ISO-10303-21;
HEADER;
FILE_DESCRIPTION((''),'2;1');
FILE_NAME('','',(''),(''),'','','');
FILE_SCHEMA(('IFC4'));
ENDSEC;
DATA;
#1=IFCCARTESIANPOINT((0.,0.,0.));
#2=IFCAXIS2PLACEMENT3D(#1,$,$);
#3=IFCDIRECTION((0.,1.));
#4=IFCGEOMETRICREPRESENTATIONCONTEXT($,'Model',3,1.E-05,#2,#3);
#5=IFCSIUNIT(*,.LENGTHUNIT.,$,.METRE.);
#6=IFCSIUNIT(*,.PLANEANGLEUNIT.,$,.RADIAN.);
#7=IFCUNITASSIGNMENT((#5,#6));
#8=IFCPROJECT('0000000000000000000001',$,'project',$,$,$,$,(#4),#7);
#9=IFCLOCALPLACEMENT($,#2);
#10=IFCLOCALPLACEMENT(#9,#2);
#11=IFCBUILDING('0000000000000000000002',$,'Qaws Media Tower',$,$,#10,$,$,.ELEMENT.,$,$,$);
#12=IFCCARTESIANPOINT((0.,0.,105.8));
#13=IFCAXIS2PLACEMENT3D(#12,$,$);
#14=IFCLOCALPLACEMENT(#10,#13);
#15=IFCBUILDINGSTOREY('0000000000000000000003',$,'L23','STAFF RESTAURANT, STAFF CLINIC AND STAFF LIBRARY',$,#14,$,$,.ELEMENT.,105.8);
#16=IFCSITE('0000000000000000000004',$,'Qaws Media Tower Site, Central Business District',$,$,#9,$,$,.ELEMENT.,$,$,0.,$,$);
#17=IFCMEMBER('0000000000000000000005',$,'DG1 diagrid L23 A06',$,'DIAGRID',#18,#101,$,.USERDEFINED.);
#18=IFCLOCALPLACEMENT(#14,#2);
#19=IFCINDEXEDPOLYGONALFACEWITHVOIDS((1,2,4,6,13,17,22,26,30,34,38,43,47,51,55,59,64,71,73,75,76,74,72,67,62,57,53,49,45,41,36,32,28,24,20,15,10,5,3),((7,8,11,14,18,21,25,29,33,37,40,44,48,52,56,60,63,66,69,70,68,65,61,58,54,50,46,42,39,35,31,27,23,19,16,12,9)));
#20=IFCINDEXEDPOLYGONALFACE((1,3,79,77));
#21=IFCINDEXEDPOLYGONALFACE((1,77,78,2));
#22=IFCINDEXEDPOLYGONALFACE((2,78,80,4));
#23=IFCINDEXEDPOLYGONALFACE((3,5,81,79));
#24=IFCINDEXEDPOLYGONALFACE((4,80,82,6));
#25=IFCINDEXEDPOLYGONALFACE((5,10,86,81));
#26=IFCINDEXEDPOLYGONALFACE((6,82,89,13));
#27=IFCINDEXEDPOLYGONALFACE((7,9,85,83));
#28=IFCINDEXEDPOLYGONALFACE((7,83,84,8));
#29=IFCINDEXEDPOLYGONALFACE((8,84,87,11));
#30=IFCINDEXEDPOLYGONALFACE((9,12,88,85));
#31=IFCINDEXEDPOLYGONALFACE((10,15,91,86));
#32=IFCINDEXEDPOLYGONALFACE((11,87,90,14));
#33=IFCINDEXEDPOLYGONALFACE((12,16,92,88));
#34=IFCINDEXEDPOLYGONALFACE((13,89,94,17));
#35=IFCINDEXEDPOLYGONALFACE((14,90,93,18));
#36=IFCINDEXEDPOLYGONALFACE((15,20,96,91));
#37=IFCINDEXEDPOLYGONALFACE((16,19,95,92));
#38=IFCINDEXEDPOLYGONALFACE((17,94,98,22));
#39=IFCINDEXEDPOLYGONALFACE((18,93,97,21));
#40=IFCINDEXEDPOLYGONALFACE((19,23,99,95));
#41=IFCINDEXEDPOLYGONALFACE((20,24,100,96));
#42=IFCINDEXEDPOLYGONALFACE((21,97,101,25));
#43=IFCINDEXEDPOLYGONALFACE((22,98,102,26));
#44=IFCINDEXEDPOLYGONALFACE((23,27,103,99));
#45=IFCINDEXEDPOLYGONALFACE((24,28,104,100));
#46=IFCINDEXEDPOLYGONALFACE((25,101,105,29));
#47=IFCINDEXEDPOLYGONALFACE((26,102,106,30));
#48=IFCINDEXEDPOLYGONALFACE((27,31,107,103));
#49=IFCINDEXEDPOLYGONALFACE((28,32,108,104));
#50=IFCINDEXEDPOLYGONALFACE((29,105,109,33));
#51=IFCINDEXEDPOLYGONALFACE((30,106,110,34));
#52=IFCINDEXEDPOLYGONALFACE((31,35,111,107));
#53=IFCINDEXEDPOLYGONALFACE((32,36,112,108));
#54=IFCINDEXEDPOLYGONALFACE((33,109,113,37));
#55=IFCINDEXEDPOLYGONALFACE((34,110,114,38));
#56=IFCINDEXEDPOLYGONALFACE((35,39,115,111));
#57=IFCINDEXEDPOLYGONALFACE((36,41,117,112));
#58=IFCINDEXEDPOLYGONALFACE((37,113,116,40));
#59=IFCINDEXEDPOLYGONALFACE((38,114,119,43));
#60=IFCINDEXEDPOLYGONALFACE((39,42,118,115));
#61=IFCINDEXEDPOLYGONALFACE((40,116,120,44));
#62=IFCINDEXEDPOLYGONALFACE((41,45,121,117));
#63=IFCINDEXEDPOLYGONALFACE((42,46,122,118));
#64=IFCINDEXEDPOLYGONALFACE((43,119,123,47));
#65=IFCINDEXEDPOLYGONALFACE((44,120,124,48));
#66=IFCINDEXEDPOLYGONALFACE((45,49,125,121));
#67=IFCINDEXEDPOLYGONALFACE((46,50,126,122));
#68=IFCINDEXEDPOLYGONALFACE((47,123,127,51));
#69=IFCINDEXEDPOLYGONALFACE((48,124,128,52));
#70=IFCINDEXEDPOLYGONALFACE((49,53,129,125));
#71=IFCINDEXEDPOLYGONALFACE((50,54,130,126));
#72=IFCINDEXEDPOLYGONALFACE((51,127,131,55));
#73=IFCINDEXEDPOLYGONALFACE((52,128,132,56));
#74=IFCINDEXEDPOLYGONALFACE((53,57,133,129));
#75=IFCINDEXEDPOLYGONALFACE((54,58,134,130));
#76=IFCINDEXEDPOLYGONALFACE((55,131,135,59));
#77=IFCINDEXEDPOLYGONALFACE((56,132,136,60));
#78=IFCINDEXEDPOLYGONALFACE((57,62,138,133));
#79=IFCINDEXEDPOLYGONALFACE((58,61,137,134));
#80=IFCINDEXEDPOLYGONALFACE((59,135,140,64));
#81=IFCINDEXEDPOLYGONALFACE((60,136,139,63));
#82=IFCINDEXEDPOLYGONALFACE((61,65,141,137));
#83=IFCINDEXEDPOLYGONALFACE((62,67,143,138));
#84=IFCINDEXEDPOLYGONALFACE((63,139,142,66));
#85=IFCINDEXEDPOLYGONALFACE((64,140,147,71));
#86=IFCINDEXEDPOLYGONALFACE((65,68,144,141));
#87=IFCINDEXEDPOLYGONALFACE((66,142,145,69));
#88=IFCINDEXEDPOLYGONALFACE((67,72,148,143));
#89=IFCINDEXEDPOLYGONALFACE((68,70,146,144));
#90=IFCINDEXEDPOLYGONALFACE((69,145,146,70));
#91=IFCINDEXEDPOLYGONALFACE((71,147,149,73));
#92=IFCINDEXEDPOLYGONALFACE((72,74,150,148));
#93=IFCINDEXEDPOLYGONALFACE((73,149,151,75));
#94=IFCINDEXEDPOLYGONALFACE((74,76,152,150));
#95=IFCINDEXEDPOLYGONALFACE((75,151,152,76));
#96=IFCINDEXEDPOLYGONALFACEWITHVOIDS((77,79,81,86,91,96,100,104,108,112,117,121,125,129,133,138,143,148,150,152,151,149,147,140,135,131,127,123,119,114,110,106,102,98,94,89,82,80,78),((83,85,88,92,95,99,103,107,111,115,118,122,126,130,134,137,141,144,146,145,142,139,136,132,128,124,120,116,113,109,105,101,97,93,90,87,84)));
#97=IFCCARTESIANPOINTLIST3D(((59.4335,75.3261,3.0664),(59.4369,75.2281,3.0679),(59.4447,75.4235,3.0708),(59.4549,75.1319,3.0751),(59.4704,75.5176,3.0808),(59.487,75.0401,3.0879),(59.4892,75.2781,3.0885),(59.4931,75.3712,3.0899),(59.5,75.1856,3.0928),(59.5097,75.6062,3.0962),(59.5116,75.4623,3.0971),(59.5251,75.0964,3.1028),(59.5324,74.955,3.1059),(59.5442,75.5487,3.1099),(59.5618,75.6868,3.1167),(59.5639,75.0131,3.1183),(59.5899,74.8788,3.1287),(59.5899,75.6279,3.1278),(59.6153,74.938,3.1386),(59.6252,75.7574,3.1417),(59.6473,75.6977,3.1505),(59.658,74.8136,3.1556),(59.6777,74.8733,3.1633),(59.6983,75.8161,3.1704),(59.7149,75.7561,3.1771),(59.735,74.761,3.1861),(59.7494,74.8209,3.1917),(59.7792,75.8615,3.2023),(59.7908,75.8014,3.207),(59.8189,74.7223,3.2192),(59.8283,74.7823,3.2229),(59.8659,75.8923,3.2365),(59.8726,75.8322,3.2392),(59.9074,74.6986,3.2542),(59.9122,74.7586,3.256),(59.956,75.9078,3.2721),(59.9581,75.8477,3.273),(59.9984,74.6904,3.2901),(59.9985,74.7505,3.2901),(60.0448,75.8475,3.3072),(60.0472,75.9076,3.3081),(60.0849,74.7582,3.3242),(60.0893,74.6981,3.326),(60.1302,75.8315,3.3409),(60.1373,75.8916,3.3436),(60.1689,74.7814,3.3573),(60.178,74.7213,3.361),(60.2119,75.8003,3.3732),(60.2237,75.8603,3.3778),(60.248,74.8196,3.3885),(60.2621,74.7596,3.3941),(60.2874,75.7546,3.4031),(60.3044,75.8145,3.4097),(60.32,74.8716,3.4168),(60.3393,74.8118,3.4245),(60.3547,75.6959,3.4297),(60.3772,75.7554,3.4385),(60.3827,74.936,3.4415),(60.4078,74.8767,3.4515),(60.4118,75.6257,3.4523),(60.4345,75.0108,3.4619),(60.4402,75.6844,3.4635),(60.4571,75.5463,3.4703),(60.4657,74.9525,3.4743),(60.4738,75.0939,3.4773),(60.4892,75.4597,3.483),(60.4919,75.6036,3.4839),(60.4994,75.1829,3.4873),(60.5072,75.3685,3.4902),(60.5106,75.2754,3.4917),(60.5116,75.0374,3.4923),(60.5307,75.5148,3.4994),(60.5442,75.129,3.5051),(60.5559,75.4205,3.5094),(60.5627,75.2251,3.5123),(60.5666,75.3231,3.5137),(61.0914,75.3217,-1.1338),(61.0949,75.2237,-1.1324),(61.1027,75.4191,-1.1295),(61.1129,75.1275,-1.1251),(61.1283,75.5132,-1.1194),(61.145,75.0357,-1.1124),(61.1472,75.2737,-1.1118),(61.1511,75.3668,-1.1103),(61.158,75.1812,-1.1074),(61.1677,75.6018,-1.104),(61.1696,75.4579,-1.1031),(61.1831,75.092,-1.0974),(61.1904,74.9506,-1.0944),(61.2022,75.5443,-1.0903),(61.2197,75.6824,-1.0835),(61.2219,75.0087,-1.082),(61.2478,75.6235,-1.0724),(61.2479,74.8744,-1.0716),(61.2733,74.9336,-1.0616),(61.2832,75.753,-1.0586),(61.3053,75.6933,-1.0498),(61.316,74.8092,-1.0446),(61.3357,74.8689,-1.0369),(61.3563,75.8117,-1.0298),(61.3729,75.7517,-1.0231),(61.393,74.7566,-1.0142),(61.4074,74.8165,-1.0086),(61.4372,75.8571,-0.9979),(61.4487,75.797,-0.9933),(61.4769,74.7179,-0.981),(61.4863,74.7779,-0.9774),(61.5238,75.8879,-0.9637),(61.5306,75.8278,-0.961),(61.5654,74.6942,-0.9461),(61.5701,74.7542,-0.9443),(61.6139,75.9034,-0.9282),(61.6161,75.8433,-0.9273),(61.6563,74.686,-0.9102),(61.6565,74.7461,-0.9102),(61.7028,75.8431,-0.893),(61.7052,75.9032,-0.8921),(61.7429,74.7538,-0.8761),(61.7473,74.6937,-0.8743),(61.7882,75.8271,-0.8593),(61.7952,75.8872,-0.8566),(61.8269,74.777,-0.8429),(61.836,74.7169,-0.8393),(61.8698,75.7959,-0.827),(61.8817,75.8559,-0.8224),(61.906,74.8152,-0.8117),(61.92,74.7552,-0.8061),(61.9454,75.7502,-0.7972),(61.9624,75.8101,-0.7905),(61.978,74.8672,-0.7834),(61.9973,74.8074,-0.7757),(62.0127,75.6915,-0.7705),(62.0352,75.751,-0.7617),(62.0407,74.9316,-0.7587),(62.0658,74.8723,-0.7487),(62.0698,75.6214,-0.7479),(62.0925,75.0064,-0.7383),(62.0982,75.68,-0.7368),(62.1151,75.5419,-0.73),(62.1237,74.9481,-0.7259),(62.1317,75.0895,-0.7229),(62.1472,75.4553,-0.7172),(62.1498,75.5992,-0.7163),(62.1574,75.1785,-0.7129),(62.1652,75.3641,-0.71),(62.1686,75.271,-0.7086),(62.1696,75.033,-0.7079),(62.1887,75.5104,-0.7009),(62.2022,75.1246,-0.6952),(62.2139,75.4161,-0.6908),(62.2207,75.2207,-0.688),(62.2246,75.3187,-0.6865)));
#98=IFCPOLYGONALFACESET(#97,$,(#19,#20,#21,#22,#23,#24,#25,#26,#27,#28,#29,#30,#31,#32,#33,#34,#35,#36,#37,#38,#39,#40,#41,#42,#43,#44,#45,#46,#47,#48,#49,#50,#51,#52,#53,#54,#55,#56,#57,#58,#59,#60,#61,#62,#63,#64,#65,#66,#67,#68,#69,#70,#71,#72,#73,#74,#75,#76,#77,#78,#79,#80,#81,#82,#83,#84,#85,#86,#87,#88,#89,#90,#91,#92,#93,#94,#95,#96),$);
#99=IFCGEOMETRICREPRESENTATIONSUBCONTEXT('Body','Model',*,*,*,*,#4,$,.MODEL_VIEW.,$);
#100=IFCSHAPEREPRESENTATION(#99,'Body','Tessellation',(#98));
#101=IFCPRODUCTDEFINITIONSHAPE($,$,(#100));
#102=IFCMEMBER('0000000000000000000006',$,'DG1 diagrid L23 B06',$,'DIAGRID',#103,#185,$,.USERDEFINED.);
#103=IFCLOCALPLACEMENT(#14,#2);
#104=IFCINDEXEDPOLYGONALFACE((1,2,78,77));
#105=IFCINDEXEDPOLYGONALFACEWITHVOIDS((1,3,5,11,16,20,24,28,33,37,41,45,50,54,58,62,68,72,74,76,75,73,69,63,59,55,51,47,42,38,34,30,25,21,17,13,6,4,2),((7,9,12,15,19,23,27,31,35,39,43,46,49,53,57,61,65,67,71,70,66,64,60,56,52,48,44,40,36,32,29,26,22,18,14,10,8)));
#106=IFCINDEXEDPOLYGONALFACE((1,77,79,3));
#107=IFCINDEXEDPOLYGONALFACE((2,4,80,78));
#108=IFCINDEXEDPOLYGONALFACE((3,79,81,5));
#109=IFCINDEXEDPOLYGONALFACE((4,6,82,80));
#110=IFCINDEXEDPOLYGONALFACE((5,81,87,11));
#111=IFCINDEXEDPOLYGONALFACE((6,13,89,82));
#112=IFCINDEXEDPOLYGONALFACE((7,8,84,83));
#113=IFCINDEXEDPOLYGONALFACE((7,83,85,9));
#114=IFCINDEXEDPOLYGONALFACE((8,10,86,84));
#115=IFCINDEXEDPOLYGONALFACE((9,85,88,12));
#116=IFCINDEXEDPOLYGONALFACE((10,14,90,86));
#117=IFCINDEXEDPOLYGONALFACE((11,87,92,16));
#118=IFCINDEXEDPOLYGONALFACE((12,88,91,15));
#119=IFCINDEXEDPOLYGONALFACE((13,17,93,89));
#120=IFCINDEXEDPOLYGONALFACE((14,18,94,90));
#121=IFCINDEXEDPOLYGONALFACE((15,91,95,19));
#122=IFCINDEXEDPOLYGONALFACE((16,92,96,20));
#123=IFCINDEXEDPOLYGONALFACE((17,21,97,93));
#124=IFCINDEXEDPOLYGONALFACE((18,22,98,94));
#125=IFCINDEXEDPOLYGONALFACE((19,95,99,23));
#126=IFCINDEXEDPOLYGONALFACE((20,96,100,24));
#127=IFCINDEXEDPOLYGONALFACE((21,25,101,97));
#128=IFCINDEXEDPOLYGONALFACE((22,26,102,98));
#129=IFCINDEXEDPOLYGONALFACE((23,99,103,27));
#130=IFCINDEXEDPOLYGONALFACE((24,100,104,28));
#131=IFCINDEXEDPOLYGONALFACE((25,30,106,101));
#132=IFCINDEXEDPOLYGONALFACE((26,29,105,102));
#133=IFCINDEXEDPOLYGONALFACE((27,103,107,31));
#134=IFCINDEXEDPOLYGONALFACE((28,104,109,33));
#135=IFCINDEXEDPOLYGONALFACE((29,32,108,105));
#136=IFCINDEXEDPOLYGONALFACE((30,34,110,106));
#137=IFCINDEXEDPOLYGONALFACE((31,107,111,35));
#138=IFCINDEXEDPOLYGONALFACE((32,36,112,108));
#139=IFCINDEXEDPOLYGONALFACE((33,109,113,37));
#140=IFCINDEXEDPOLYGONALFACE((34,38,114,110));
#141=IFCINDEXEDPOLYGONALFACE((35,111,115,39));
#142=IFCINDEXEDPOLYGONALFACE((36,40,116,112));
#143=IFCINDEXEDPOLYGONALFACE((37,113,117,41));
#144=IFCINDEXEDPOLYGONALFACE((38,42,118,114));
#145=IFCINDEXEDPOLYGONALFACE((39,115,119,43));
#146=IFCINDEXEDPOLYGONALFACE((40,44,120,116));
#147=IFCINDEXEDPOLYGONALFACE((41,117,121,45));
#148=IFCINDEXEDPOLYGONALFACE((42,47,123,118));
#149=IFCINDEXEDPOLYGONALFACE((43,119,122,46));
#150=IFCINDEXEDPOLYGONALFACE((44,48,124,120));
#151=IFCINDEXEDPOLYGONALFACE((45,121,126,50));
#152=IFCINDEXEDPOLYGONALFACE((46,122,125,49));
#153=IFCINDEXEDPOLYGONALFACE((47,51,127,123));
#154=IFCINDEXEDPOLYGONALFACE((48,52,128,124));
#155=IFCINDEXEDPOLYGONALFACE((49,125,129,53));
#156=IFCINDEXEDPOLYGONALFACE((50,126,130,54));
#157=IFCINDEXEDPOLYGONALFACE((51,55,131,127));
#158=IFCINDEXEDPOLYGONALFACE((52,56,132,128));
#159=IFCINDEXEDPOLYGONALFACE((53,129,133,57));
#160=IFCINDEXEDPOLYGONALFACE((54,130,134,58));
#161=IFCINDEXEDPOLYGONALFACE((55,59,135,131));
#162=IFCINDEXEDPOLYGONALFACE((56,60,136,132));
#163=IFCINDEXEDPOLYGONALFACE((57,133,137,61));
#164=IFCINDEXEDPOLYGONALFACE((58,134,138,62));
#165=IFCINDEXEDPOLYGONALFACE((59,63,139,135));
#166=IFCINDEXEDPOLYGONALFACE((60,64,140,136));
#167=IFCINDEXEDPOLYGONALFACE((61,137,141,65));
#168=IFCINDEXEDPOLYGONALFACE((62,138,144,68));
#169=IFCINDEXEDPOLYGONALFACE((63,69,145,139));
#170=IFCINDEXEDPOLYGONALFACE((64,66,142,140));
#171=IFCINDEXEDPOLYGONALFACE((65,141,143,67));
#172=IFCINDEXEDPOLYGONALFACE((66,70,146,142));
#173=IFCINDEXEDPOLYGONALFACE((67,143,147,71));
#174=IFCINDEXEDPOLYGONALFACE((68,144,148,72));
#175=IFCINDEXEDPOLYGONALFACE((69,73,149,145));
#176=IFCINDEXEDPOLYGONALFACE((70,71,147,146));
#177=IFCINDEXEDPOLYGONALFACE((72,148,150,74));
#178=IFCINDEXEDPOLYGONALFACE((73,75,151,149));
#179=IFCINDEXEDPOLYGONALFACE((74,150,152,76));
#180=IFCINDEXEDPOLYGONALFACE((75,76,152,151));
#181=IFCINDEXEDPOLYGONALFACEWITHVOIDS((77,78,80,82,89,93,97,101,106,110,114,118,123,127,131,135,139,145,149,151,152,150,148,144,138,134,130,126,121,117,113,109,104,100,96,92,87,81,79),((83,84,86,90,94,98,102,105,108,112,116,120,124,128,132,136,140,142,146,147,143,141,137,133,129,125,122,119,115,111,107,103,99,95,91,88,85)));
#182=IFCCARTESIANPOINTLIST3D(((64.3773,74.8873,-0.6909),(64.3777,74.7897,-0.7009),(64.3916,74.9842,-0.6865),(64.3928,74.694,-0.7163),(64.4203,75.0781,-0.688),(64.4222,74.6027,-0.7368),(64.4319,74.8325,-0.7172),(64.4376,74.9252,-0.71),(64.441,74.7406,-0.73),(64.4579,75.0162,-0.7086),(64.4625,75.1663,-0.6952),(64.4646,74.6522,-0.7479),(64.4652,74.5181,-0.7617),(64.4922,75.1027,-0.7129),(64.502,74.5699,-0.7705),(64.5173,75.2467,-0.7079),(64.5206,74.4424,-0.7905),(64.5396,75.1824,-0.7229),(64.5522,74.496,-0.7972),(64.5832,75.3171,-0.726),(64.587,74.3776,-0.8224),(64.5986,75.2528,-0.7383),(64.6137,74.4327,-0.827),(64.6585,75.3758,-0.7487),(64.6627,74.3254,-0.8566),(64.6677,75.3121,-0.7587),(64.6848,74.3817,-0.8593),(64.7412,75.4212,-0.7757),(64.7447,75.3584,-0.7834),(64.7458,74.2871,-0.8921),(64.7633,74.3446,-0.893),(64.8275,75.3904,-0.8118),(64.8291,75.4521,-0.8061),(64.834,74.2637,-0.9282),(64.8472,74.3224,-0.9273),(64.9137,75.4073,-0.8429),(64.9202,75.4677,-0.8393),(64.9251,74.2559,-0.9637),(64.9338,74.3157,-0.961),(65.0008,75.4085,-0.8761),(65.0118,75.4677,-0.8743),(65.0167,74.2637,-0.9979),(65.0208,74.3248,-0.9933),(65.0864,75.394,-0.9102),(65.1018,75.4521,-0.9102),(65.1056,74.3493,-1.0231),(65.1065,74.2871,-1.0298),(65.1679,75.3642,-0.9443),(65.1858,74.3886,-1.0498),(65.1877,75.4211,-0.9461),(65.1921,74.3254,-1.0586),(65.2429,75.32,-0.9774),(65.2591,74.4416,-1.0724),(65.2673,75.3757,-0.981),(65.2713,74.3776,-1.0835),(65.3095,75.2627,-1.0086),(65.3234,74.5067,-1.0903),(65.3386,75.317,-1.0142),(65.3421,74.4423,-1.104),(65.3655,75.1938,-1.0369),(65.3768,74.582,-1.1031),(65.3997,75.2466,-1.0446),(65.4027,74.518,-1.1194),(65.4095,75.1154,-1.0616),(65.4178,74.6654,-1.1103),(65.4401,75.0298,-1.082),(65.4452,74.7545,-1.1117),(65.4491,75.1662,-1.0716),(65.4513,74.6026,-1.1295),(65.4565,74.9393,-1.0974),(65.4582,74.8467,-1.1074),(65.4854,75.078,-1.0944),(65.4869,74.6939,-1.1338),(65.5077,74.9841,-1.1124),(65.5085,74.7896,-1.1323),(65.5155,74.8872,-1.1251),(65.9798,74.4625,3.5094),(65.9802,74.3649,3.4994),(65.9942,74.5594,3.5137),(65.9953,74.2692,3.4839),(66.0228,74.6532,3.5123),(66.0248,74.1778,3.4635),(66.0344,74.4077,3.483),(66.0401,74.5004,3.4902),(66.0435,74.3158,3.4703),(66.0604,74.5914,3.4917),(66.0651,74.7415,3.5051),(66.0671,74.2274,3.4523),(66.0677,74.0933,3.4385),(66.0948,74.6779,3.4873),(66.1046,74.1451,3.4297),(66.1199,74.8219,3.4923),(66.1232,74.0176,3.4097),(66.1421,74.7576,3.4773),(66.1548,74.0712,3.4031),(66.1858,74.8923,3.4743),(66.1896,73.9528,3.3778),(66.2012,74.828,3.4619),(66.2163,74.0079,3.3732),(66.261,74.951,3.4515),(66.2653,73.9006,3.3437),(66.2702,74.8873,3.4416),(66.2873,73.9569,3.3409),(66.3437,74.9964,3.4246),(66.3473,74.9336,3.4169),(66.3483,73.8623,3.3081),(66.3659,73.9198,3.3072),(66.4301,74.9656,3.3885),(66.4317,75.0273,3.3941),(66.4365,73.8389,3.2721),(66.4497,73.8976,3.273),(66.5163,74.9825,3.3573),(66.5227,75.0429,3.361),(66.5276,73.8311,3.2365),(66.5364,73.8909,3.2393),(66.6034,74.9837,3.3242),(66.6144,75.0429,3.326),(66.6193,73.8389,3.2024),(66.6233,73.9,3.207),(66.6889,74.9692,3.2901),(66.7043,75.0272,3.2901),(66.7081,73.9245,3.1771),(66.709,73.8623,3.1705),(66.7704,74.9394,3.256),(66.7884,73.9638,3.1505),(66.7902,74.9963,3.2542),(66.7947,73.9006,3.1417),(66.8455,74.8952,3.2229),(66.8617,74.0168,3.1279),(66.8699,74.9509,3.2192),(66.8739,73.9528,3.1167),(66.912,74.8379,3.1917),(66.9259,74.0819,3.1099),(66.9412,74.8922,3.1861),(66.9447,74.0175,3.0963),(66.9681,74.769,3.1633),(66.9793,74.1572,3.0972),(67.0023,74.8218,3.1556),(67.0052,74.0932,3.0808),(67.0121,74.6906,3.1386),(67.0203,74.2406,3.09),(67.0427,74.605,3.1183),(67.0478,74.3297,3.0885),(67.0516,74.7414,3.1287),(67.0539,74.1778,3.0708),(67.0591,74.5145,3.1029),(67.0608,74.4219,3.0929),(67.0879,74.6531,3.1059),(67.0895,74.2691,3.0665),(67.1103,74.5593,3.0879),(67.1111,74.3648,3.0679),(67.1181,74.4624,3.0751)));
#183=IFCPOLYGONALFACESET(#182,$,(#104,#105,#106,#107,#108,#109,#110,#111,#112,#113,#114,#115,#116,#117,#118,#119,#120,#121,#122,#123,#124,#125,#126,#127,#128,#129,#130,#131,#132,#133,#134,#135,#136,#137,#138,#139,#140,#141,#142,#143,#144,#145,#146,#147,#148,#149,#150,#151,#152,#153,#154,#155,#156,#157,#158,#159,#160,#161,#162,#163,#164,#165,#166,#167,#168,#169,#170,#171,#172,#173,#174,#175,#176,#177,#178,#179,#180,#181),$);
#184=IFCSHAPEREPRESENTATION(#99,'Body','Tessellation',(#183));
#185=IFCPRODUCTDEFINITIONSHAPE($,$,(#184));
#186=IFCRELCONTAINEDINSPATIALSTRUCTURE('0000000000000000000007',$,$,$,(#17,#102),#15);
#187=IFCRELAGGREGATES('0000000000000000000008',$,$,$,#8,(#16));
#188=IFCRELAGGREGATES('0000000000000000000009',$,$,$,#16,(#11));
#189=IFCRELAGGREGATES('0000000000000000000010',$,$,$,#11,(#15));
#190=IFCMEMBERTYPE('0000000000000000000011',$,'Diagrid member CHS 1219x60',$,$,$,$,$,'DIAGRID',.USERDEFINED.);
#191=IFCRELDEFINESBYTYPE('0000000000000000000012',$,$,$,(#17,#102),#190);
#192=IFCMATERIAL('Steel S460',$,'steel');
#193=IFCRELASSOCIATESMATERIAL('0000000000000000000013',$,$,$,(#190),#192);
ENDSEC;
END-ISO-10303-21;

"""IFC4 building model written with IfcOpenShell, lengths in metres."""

from ifc_helpers import new_model, si_unit, direction, frame, origin, origin_2d, place, context, subcontext, project, spatial, hollow_circle, extrude, material, material_profile, profile_set, type_object, element, save


model = new_model("IFC4")

# Units and contexts
model_context = context("Model", 3, precision=1e-05, world=origin(), true_north=direction((0.0, 1.0)))
body_context = subcontext(model_context, "Body", "Model", "MODEL_VIEW")
ifc_project = project(units=[si_unit("LENGTHUNIT", "METRE"), si_unit("PLANEANGLEUNIT", "RADIAN")], contexts=[model_context])

# Site, building, storey
site_placement = place(None, origin())
site = spatial("IfcSite", under=ifc_project, at=site_placement, Name="Qaws Media Tower Site, Central Business District", CompositionType="ELEMENT", RefElevation=0.0)
building_placement = place(site_placement, origin())
building = spatial("IfcBuilding", under=site, at=building_placement, Name="Qaws Media Tower", CompositionType="ELEMENT")
storey_placement = place(building_placement, frame((0.0, 0.0, 105.8)))
storey = spatial("IfcBuildingStorey", under=building, at=storey_placement, Name="L23", Description="STAFF RESTAURANT, STAFF CLINIC AND STAFF LIBRARY", CompositionType="ELEMENT", Elevation=105.8)

# Members
ifc_material_1 = material(Name="Steel S460", Category="steel")
ifc_material_profile_1 = material_profile(ifc_material_1, hollow_circle(Radius=0.6096, WallThickness=0.0601, at=origin_2d()), Name="CHS 1219x60")
ifc_profile_set_1 = profile_set([ifc_material_profile_1], Name="Steel S460")
member_type_1 = type_object("IfcMemberType", Name="Diagrid member CHS 1219x60", ElementType="DIAGRID", PredefinedType="USERDEFINED", material=ifc_profile_set_1)
for number, where, z_axis, x_axis, name in (
    (1, (61.658, 75.2957, -0.9102), (-0.367164, 0.000973, 0.930156), (-0.002651, -0.999996, 0.0), "DG1 diagrid L23 A06"),
    (2, (64.9456, 74.8628, -0.9102), (0.354893, -0.094076, 0.930162), (0.256233, 0.966615, 0.0), "DG1 diagrid L23 B06"),
):
    element("IfcMember", number, at=place(storey_placement, frame(where, z_axis=z_axis, x_axis=x_axis)), inside=storey, type_object=member_type_1, Name=name, ObjectType="DIAGRID", PredefinedType="USERDEFINED", context=body_context, shape_type="SweptSolid", body=[
        extrude(hollow_circle(Radius=0.6096, WallThickness=0.0601, at=origin_2d()), origin(), (0.0, 0.0, 1.0), 4.5156),
    ])

save(model, "model.ifc")
